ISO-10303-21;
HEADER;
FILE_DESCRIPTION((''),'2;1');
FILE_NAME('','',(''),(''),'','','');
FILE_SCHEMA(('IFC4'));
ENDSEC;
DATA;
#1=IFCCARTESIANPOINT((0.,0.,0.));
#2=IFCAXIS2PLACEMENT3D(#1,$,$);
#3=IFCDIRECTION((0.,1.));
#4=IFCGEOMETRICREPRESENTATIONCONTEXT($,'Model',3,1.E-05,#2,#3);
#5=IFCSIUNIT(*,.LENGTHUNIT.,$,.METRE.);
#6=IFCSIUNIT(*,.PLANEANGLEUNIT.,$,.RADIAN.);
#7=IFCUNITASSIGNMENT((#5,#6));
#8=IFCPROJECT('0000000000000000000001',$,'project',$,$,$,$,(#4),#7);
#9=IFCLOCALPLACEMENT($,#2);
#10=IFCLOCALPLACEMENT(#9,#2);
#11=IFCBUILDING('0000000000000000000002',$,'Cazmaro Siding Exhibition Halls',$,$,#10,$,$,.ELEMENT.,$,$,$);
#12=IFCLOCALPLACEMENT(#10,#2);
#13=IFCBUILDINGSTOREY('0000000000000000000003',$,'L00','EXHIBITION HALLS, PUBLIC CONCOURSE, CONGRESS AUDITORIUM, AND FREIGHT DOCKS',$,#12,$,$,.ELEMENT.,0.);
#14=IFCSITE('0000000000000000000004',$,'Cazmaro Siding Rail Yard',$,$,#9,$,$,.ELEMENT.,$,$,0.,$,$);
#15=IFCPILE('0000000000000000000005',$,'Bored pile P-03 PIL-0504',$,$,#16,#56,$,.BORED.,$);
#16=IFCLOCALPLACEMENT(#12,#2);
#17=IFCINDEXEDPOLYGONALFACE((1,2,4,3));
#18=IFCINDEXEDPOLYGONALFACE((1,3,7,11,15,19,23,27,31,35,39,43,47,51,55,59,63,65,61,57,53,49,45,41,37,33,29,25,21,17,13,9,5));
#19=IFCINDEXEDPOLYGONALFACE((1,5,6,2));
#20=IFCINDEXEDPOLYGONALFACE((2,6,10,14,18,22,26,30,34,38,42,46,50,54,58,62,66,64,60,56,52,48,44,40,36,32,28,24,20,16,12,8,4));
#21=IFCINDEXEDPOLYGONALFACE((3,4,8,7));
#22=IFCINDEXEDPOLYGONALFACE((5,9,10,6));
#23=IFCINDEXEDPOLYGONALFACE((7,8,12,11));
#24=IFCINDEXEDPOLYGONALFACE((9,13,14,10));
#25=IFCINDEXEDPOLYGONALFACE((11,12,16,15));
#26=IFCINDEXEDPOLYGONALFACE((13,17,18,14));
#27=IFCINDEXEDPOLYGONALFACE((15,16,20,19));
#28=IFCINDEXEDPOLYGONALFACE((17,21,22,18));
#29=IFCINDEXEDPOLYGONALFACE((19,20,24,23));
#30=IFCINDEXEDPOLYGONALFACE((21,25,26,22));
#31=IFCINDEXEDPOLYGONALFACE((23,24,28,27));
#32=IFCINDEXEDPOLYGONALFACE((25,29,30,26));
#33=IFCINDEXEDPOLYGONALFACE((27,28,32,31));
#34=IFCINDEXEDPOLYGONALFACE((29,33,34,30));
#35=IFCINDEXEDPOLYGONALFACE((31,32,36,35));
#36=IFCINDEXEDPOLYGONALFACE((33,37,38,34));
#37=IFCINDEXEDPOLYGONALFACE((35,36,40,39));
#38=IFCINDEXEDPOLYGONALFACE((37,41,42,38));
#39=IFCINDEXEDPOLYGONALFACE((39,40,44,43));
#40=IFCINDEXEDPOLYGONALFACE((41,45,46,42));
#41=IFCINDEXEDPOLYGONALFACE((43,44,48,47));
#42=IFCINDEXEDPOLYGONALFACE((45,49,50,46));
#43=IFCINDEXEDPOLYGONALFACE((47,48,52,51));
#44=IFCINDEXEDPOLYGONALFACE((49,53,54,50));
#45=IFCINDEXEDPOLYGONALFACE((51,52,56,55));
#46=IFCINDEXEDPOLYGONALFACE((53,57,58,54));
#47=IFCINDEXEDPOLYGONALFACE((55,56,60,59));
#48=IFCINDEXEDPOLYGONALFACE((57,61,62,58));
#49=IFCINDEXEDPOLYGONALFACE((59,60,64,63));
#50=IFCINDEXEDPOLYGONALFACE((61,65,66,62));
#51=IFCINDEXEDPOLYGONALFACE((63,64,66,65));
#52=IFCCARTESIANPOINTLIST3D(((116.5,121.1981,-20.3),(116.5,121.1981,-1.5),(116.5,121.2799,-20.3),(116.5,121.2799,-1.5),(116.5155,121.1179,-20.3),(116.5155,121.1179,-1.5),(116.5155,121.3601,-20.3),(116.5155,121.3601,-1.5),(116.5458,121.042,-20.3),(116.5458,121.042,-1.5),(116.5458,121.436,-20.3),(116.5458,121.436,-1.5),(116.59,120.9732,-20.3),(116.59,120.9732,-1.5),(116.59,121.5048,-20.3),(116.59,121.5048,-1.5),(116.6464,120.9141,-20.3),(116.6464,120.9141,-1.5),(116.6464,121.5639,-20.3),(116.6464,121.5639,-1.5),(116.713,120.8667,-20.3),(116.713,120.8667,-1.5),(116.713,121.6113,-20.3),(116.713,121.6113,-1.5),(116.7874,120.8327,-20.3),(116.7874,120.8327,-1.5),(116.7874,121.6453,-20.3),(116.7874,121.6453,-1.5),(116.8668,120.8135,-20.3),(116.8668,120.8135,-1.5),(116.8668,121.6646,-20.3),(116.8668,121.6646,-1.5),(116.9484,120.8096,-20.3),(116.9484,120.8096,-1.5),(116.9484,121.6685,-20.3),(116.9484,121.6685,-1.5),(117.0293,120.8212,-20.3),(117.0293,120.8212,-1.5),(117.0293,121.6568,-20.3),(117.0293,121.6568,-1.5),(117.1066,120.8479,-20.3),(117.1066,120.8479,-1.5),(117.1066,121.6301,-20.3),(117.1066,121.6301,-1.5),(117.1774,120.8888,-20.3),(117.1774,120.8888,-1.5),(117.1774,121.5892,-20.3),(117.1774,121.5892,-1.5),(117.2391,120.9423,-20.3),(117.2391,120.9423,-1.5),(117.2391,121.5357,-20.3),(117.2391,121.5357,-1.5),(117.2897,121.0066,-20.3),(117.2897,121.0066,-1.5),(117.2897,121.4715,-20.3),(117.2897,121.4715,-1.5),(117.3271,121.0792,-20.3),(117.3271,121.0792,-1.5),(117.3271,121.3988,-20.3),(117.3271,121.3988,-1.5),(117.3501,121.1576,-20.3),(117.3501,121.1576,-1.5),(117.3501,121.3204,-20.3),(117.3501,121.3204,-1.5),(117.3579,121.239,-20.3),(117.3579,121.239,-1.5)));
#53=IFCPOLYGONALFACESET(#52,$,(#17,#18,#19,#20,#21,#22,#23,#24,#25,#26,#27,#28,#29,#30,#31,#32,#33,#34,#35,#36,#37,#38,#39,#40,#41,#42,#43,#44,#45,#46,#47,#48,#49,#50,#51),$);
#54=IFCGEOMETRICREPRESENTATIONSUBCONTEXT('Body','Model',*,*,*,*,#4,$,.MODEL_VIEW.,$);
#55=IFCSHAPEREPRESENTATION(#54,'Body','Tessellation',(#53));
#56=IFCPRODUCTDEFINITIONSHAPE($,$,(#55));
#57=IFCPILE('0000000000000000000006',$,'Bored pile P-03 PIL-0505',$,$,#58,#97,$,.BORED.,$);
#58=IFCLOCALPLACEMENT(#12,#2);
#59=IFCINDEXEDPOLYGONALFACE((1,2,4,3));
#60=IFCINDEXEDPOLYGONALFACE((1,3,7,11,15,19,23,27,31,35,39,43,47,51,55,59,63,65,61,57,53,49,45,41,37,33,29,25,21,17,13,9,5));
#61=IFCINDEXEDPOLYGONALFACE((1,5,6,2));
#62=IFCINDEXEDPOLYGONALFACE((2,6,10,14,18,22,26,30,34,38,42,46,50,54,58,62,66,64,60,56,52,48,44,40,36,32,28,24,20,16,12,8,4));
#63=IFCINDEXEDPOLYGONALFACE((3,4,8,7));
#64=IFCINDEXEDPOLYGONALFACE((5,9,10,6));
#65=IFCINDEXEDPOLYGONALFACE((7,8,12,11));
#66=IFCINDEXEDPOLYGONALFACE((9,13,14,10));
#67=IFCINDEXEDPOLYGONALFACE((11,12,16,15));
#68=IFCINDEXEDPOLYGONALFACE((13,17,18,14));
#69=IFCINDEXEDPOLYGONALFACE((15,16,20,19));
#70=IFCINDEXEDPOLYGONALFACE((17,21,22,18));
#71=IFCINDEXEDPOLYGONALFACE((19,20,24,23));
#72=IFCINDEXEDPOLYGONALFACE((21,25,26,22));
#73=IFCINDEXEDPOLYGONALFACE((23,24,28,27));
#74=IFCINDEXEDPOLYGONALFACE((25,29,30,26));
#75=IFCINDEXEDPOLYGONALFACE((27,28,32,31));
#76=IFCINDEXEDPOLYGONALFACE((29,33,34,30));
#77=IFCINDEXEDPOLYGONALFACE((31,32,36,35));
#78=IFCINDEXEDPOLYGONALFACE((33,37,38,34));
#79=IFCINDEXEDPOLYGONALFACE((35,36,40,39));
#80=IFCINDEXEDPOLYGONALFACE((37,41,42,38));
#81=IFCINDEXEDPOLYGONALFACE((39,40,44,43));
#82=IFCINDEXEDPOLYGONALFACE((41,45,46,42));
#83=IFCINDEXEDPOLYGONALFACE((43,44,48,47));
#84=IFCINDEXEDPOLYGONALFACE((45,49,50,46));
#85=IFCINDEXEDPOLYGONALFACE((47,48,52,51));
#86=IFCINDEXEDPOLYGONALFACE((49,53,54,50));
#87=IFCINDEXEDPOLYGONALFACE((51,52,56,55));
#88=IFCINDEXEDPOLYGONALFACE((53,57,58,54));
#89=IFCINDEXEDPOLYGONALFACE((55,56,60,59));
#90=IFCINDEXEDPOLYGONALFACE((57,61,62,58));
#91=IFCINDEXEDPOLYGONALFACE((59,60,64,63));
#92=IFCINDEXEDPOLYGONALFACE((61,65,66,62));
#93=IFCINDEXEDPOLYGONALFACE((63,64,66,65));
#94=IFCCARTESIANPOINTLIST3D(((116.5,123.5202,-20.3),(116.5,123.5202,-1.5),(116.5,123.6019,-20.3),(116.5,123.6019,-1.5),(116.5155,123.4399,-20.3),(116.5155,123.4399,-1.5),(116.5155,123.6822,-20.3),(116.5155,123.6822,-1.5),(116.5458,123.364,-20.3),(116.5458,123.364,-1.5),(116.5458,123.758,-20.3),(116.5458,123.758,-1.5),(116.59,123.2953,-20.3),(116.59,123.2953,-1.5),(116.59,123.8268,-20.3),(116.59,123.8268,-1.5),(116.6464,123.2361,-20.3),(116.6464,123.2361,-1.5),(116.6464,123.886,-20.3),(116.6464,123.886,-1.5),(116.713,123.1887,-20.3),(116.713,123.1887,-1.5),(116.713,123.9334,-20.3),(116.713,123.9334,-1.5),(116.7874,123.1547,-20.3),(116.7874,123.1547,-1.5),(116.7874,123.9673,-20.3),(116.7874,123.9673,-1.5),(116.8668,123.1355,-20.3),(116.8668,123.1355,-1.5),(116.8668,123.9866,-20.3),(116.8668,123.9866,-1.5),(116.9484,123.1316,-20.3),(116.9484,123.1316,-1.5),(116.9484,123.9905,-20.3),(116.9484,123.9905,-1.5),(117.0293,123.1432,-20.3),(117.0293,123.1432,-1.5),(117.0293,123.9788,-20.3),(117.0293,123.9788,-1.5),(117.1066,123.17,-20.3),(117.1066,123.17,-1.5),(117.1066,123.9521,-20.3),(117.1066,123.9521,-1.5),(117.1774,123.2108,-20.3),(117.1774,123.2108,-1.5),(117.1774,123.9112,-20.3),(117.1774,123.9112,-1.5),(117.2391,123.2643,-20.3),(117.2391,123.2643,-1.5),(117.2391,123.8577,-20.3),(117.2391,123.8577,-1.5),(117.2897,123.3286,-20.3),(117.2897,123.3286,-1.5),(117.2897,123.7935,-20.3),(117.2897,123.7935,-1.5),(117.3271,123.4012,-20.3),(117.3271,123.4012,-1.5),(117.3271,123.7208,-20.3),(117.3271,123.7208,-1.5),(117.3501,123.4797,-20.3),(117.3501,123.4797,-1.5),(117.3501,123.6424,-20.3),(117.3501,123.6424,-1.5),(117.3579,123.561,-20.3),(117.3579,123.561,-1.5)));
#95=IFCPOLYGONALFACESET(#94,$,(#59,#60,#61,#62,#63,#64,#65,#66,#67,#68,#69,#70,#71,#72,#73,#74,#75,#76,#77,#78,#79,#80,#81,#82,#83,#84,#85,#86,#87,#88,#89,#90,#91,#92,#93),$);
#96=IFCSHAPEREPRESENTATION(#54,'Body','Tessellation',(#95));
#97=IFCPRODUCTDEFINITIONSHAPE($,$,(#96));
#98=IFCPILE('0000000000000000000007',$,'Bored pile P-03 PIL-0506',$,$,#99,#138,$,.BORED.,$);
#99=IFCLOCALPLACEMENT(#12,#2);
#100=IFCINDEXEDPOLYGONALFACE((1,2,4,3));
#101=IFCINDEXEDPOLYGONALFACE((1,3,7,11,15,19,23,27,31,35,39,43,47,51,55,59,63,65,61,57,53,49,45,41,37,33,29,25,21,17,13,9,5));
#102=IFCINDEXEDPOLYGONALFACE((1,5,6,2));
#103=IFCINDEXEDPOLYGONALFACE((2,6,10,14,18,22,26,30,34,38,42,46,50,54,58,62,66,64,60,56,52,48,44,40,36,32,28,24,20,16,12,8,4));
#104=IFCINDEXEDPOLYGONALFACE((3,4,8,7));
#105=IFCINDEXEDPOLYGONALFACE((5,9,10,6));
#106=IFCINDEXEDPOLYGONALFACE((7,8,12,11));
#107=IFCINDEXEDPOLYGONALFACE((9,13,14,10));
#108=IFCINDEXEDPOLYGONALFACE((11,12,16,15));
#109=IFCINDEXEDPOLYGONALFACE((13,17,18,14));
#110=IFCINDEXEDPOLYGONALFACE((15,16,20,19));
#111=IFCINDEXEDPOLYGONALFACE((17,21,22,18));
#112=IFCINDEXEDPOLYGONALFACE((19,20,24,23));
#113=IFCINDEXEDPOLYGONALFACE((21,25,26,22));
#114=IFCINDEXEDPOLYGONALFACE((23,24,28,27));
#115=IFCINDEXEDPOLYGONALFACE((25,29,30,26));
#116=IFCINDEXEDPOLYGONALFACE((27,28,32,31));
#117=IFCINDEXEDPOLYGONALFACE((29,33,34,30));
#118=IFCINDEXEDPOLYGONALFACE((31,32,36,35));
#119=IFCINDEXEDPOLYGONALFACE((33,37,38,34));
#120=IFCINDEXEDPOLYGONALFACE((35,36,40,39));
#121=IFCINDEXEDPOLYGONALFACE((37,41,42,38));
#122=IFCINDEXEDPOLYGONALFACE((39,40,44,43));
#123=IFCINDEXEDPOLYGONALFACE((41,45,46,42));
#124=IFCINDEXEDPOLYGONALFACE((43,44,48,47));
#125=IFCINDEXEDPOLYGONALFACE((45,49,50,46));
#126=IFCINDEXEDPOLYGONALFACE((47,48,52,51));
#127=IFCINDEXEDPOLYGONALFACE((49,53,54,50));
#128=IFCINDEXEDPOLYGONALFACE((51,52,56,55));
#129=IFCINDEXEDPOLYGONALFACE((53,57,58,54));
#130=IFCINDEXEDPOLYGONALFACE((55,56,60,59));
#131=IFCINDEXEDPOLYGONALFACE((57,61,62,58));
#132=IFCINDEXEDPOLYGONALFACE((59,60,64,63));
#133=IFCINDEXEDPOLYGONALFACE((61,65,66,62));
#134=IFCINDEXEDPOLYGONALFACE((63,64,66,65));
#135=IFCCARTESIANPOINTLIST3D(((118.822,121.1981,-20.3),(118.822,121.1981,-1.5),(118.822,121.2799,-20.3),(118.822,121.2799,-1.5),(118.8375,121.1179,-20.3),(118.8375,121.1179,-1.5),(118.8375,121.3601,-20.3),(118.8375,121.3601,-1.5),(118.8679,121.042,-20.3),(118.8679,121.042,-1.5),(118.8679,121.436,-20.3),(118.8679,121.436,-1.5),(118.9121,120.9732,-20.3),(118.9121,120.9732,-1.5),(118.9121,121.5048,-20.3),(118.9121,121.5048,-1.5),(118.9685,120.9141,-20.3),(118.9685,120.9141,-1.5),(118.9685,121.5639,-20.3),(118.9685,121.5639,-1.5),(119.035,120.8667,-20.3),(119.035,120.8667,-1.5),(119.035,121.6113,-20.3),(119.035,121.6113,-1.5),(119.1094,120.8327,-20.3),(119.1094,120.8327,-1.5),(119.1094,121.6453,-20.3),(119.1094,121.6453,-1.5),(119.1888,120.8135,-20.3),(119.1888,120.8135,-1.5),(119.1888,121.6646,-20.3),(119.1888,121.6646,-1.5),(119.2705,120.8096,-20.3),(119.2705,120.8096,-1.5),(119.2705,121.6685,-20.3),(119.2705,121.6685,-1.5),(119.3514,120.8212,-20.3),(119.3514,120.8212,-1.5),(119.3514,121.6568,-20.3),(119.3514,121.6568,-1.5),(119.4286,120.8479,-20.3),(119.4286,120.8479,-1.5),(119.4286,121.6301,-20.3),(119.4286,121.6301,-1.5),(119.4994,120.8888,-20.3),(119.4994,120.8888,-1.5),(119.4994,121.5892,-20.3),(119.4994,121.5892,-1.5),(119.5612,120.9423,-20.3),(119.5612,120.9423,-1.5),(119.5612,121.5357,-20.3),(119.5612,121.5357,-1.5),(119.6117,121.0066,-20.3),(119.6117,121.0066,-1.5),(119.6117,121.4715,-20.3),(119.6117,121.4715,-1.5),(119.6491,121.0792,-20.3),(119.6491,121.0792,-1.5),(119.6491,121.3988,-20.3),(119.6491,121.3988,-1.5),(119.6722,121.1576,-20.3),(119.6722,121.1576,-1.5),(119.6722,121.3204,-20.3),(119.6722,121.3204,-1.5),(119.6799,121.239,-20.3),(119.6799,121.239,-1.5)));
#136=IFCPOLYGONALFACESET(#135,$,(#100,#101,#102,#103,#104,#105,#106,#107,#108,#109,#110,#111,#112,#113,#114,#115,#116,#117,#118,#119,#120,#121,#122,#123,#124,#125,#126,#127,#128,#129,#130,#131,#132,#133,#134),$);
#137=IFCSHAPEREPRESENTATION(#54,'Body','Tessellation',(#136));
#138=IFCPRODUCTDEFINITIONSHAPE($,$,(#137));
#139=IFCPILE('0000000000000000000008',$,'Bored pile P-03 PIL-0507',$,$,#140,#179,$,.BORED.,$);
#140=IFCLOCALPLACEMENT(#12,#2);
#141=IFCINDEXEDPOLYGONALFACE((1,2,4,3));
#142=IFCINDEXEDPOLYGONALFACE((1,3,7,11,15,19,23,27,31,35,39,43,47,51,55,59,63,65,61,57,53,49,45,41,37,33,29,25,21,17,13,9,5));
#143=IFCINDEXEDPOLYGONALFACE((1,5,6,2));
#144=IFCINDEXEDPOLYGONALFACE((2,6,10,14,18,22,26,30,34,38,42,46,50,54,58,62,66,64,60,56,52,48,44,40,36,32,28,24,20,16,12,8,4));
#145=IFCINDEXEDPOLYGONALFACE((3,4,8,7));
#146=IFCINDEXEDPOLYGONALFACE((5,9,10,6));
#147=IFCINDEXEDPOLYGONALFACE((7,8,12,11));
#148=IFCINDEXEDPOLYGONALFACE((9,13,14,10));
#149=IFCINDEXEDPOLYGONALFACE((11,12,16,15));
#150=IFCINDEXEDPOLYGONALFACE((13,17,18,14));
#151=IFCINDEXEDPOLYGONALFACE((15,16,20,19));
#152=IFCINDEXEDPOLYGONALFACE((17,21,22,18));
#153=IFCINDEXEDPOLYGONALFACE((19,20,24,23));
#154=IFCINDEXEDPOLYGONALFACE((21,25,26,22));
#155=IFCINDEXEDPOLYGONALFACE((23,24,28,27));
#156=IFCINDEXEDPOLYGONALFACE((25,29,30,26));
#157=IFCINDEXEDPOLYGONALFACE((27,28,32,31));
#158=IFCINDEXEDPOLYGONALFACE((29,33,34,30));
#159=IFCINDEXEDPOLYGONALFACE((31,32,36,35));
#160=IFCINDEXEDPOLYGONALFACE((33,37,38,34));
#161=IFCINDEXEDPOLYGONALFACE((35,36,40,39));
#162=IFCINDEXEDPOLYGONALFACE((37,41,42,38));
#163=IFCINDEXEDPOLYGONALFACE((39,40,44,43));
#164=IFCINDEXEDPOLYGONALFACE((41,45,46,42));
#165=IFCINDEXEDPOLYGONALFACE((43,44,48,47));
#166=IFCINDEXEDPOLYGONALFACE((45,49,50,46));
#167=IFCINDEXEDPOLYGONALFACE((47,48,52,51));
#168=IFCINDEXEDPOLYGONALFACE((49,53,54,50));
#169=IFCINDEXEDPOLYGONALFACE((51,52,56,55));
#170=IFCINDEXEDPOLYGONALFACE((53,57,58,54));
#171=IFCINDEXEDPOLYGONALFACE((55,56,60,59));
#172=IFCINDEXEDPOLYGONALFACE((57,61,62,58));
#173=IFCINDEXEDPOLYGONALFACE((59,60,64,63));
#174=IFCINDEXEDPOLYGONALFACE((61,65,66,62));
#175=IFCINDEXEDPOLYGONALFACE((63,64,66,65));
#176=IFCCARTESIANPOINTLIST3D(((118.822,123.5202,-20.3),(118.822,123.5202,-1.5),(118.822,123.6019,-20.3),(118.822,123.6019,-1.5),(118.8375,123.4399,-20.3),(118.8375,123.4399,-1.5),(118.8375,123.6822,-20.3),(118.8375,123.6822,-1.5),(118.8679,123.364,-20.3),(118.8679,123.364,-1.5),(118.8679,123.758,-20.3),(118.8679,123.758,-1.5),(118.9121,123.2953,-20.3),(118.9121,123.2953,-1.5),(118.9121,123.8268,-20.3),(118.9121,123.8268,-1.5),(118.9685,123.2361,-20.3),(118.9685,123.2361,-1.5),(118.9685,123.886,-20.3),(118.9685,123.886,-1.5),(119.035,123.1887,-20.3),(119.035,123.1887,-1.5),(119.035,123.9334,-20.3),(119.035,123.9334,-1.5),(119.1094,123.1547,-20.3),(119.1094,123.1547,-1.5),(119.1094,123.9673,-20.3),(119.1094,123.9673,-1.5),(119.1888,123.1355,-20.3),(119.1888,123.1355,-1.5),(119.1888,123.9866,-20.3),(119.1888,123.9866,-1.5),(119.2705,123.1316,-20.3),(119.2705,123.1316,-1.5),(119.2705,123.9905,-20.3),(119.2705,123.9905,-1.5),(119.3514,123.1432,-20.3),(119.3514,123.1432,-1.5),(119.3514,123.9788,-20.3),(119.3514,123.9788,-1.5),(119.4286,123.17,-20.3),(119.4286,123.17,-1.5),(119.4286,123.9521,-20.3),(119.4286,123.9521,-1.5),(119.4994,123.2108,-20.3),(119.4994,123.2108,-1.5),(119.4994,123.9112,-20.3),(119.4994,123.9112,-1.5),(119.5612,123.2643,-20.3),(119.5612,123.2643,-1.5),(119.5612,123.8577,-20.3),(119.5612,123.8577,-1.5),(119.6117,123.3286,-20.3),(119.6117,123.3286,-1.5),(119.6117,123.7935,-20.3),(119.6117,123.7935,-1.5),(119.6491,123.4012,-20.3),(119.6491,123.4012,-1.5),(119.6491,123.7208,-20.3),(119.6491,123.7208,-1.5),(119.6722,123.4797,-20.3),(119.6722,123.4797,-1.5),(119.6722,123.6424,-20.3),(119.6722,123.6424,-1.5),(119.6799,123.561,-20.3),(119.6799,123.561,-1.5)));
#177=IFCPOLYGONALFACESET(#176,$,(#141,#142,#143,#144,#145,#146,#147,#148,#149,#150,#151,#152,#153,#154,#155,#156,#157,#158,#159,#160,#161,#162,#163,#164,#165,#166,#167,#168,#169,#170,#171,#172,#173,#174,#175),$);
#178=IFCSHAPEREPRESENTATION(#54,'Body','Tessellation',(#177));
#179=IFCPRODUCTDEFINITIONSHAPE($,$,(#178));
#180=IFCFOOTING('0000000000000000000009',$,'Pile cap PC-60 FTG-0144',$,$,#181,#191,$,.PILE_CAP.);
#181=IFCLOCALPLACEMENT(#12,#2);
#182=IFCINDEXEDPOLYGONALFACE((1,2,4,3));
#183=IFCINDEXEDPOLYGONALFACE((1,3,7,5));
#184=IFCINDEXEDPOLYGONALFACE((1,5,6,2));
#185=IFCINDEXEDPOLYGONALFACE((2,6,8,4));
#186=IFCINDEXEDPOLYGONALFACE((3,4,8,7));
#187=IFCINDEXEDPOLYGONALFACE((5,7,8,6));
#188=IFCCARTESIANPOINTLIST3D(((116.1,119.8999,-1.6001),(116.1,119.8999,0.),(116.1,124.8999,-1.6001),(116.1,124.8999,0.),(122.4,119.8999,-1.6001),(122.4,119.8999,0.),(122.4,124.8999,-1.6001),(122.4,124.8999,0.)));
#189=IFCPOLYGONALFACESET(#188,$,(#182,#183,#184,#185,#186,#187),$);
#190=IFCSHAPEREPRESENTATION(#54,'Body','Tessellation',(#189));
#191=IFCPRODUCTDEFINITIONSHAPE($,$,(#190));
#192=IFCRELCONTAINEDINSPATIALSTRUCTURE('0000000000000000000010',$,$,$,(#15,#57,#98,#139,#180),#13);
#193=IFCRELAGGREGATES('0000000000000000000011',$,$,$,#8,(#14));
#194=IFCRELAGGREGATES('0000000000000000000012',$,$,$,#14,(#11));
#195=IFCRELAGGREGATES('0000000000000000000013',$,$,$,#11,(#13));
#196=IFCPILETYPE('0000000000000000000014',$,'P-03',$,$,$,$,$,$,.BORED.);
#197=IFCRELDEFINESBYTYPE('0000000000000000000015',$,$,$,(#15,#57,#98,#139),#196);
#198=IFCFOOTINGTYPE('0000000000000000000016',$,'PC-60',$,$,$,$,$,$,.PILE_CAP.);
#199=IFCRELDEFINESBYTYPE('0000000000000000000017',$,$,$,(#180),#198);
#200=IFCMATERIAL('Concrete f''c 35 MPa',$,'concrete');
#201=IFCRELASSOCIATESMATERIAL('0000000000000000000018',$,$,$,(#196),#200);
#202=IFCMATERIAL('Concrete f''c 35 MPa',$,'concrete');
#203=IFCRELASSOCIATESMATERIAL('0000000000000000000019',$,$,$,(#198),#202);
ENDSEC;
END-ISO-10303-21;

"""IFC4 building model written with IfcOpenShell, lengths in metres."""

from ifc_helpers import new_model, si_unit, direction, frame, origin, origin_2d, place, context, subcontext, project, spatial, rectangle, circle, extrude, material, material_profile, profile_set, type_object, element, save


model = new_model("IFC4")

# Units and contexts
model_context = context("Model", 3, precision=1e-05, world=origin(), true_north=direction((0.0, 1.0)))
body_context = subcontext(model_context, "Body", "Model", "MODEL_VIEW")
ifc_project = project(units=[si_unit("LENGTHUNIT", "METRE"), si_unit("PLANEANGLEUNIT", "RADIAN")], contexts=[model_context])

# Site, building, storey
site_placement = place(None, origin())
site = spatial("IfcSite", under=ifc_project, at=site_placement, Name="Cazmaro Siding Rail Yard", CompositionType="ELEMENT", RefElevation=0.0)
building_placement = place(site_placement, origin())
building = spatial("IfcBuilding", under=site, at=building_placement, Name="Cazmaro Siding Exhibition Halls", CompositionType="ELEMENT")
storey_placement = place(building_placement, origin())
storey = spatial("IfcBuildingStorey", under=building, at=storey_placement, Name="L00", Description="EXHIBITION HALLS, PUBLIC CONCOURSE, CONGRESS AUDITORIUM, AND FREIGHT DOCKS", CompositionType="ELEMENT", Elevation=0.0)

# Piles
ifc_material_1 = material(Name="Concrete f'c 35 MPa", Category="concrete")
ifc_material_profile_1 = material_profile(ifc_material_1, circle(Radius=0.4299, at=origin_2d()), Name="CIDH-860")
ifc_profile_set_1 = profile_set([ifc_material_profile_1], Name="Concrete f'c 35 MPa")
pile_type = type_object("IfcPileType", Name="P-03", PredefinedType="BORED", material=ifc_profile_set_1)
for number, where, z_axis, x_axis, name in (
    (1, (116.928, 121.239, -1.5), (0.0, 0.0, -1.0), (1.0, 0.0, 0.0), "Bored pile P-03 PIL-0504"),
    (2, (116.928, 123.561, -1.5), (0.0, 0.0, -1.0), (1.0, 0.0, 0.0), "Bored pile P-03 PIL-0505"),
    (3, (119.25, 121.239, -1.5), (0.0, 0.0, -1.0), (1.0, 0.0, 0.0), "Bored pile P-03 PIL-0506"),
    (4, (119.25, 123.561, -1.5), (0.0, 0.0, -1.0), (1.0, 0.0, 0.0), "Bored pile P-03 PIL-0507"),
):
    element("IfcPile", number, at=place(storey_placement, frame(where, z_axis=z_axis, x_axis=x_axis)), inside=storey, type_object=pile_type, Name=name, PredefinedType="BORED", context=body_context, shape_type="SweptSolid", body=[
        extrude(circle(Radius=0.4299, at=origin_2d()), origin(), (0.0, 0.0, 1.0), 18.8),
    ])

# Footing
ifc_material_2 = material(Name="Concrete f'c 35 MPa", Category="concrete")
footing_type = type_object("IfcFootingType", Name="PC-60", PredefinedType="PILE_CAP", material=ifc_material_2)
footing_placement = place(storey_placement, frame((119.25, 122.3999, -1.6001), z_axis=(0.0, 0.0, 1.0), x_axis=(1.0, 0.0, 0.0)))
element("IfcFooting", 5, at=footing_placement, inside=storey, type_object=footing_type, Name="Pile cap PC-60 FTG-0144", PredefinedType="PILE_CAP", context=body_context, shape_type="SweptSolid", body=[
    extrude(rectangle(XDim=6.3, YDim=5.0, at=origin_2d()), origin(), (0.0, 0.0, 1.0), 1.6001),
])

save(model, "model.ifc")
